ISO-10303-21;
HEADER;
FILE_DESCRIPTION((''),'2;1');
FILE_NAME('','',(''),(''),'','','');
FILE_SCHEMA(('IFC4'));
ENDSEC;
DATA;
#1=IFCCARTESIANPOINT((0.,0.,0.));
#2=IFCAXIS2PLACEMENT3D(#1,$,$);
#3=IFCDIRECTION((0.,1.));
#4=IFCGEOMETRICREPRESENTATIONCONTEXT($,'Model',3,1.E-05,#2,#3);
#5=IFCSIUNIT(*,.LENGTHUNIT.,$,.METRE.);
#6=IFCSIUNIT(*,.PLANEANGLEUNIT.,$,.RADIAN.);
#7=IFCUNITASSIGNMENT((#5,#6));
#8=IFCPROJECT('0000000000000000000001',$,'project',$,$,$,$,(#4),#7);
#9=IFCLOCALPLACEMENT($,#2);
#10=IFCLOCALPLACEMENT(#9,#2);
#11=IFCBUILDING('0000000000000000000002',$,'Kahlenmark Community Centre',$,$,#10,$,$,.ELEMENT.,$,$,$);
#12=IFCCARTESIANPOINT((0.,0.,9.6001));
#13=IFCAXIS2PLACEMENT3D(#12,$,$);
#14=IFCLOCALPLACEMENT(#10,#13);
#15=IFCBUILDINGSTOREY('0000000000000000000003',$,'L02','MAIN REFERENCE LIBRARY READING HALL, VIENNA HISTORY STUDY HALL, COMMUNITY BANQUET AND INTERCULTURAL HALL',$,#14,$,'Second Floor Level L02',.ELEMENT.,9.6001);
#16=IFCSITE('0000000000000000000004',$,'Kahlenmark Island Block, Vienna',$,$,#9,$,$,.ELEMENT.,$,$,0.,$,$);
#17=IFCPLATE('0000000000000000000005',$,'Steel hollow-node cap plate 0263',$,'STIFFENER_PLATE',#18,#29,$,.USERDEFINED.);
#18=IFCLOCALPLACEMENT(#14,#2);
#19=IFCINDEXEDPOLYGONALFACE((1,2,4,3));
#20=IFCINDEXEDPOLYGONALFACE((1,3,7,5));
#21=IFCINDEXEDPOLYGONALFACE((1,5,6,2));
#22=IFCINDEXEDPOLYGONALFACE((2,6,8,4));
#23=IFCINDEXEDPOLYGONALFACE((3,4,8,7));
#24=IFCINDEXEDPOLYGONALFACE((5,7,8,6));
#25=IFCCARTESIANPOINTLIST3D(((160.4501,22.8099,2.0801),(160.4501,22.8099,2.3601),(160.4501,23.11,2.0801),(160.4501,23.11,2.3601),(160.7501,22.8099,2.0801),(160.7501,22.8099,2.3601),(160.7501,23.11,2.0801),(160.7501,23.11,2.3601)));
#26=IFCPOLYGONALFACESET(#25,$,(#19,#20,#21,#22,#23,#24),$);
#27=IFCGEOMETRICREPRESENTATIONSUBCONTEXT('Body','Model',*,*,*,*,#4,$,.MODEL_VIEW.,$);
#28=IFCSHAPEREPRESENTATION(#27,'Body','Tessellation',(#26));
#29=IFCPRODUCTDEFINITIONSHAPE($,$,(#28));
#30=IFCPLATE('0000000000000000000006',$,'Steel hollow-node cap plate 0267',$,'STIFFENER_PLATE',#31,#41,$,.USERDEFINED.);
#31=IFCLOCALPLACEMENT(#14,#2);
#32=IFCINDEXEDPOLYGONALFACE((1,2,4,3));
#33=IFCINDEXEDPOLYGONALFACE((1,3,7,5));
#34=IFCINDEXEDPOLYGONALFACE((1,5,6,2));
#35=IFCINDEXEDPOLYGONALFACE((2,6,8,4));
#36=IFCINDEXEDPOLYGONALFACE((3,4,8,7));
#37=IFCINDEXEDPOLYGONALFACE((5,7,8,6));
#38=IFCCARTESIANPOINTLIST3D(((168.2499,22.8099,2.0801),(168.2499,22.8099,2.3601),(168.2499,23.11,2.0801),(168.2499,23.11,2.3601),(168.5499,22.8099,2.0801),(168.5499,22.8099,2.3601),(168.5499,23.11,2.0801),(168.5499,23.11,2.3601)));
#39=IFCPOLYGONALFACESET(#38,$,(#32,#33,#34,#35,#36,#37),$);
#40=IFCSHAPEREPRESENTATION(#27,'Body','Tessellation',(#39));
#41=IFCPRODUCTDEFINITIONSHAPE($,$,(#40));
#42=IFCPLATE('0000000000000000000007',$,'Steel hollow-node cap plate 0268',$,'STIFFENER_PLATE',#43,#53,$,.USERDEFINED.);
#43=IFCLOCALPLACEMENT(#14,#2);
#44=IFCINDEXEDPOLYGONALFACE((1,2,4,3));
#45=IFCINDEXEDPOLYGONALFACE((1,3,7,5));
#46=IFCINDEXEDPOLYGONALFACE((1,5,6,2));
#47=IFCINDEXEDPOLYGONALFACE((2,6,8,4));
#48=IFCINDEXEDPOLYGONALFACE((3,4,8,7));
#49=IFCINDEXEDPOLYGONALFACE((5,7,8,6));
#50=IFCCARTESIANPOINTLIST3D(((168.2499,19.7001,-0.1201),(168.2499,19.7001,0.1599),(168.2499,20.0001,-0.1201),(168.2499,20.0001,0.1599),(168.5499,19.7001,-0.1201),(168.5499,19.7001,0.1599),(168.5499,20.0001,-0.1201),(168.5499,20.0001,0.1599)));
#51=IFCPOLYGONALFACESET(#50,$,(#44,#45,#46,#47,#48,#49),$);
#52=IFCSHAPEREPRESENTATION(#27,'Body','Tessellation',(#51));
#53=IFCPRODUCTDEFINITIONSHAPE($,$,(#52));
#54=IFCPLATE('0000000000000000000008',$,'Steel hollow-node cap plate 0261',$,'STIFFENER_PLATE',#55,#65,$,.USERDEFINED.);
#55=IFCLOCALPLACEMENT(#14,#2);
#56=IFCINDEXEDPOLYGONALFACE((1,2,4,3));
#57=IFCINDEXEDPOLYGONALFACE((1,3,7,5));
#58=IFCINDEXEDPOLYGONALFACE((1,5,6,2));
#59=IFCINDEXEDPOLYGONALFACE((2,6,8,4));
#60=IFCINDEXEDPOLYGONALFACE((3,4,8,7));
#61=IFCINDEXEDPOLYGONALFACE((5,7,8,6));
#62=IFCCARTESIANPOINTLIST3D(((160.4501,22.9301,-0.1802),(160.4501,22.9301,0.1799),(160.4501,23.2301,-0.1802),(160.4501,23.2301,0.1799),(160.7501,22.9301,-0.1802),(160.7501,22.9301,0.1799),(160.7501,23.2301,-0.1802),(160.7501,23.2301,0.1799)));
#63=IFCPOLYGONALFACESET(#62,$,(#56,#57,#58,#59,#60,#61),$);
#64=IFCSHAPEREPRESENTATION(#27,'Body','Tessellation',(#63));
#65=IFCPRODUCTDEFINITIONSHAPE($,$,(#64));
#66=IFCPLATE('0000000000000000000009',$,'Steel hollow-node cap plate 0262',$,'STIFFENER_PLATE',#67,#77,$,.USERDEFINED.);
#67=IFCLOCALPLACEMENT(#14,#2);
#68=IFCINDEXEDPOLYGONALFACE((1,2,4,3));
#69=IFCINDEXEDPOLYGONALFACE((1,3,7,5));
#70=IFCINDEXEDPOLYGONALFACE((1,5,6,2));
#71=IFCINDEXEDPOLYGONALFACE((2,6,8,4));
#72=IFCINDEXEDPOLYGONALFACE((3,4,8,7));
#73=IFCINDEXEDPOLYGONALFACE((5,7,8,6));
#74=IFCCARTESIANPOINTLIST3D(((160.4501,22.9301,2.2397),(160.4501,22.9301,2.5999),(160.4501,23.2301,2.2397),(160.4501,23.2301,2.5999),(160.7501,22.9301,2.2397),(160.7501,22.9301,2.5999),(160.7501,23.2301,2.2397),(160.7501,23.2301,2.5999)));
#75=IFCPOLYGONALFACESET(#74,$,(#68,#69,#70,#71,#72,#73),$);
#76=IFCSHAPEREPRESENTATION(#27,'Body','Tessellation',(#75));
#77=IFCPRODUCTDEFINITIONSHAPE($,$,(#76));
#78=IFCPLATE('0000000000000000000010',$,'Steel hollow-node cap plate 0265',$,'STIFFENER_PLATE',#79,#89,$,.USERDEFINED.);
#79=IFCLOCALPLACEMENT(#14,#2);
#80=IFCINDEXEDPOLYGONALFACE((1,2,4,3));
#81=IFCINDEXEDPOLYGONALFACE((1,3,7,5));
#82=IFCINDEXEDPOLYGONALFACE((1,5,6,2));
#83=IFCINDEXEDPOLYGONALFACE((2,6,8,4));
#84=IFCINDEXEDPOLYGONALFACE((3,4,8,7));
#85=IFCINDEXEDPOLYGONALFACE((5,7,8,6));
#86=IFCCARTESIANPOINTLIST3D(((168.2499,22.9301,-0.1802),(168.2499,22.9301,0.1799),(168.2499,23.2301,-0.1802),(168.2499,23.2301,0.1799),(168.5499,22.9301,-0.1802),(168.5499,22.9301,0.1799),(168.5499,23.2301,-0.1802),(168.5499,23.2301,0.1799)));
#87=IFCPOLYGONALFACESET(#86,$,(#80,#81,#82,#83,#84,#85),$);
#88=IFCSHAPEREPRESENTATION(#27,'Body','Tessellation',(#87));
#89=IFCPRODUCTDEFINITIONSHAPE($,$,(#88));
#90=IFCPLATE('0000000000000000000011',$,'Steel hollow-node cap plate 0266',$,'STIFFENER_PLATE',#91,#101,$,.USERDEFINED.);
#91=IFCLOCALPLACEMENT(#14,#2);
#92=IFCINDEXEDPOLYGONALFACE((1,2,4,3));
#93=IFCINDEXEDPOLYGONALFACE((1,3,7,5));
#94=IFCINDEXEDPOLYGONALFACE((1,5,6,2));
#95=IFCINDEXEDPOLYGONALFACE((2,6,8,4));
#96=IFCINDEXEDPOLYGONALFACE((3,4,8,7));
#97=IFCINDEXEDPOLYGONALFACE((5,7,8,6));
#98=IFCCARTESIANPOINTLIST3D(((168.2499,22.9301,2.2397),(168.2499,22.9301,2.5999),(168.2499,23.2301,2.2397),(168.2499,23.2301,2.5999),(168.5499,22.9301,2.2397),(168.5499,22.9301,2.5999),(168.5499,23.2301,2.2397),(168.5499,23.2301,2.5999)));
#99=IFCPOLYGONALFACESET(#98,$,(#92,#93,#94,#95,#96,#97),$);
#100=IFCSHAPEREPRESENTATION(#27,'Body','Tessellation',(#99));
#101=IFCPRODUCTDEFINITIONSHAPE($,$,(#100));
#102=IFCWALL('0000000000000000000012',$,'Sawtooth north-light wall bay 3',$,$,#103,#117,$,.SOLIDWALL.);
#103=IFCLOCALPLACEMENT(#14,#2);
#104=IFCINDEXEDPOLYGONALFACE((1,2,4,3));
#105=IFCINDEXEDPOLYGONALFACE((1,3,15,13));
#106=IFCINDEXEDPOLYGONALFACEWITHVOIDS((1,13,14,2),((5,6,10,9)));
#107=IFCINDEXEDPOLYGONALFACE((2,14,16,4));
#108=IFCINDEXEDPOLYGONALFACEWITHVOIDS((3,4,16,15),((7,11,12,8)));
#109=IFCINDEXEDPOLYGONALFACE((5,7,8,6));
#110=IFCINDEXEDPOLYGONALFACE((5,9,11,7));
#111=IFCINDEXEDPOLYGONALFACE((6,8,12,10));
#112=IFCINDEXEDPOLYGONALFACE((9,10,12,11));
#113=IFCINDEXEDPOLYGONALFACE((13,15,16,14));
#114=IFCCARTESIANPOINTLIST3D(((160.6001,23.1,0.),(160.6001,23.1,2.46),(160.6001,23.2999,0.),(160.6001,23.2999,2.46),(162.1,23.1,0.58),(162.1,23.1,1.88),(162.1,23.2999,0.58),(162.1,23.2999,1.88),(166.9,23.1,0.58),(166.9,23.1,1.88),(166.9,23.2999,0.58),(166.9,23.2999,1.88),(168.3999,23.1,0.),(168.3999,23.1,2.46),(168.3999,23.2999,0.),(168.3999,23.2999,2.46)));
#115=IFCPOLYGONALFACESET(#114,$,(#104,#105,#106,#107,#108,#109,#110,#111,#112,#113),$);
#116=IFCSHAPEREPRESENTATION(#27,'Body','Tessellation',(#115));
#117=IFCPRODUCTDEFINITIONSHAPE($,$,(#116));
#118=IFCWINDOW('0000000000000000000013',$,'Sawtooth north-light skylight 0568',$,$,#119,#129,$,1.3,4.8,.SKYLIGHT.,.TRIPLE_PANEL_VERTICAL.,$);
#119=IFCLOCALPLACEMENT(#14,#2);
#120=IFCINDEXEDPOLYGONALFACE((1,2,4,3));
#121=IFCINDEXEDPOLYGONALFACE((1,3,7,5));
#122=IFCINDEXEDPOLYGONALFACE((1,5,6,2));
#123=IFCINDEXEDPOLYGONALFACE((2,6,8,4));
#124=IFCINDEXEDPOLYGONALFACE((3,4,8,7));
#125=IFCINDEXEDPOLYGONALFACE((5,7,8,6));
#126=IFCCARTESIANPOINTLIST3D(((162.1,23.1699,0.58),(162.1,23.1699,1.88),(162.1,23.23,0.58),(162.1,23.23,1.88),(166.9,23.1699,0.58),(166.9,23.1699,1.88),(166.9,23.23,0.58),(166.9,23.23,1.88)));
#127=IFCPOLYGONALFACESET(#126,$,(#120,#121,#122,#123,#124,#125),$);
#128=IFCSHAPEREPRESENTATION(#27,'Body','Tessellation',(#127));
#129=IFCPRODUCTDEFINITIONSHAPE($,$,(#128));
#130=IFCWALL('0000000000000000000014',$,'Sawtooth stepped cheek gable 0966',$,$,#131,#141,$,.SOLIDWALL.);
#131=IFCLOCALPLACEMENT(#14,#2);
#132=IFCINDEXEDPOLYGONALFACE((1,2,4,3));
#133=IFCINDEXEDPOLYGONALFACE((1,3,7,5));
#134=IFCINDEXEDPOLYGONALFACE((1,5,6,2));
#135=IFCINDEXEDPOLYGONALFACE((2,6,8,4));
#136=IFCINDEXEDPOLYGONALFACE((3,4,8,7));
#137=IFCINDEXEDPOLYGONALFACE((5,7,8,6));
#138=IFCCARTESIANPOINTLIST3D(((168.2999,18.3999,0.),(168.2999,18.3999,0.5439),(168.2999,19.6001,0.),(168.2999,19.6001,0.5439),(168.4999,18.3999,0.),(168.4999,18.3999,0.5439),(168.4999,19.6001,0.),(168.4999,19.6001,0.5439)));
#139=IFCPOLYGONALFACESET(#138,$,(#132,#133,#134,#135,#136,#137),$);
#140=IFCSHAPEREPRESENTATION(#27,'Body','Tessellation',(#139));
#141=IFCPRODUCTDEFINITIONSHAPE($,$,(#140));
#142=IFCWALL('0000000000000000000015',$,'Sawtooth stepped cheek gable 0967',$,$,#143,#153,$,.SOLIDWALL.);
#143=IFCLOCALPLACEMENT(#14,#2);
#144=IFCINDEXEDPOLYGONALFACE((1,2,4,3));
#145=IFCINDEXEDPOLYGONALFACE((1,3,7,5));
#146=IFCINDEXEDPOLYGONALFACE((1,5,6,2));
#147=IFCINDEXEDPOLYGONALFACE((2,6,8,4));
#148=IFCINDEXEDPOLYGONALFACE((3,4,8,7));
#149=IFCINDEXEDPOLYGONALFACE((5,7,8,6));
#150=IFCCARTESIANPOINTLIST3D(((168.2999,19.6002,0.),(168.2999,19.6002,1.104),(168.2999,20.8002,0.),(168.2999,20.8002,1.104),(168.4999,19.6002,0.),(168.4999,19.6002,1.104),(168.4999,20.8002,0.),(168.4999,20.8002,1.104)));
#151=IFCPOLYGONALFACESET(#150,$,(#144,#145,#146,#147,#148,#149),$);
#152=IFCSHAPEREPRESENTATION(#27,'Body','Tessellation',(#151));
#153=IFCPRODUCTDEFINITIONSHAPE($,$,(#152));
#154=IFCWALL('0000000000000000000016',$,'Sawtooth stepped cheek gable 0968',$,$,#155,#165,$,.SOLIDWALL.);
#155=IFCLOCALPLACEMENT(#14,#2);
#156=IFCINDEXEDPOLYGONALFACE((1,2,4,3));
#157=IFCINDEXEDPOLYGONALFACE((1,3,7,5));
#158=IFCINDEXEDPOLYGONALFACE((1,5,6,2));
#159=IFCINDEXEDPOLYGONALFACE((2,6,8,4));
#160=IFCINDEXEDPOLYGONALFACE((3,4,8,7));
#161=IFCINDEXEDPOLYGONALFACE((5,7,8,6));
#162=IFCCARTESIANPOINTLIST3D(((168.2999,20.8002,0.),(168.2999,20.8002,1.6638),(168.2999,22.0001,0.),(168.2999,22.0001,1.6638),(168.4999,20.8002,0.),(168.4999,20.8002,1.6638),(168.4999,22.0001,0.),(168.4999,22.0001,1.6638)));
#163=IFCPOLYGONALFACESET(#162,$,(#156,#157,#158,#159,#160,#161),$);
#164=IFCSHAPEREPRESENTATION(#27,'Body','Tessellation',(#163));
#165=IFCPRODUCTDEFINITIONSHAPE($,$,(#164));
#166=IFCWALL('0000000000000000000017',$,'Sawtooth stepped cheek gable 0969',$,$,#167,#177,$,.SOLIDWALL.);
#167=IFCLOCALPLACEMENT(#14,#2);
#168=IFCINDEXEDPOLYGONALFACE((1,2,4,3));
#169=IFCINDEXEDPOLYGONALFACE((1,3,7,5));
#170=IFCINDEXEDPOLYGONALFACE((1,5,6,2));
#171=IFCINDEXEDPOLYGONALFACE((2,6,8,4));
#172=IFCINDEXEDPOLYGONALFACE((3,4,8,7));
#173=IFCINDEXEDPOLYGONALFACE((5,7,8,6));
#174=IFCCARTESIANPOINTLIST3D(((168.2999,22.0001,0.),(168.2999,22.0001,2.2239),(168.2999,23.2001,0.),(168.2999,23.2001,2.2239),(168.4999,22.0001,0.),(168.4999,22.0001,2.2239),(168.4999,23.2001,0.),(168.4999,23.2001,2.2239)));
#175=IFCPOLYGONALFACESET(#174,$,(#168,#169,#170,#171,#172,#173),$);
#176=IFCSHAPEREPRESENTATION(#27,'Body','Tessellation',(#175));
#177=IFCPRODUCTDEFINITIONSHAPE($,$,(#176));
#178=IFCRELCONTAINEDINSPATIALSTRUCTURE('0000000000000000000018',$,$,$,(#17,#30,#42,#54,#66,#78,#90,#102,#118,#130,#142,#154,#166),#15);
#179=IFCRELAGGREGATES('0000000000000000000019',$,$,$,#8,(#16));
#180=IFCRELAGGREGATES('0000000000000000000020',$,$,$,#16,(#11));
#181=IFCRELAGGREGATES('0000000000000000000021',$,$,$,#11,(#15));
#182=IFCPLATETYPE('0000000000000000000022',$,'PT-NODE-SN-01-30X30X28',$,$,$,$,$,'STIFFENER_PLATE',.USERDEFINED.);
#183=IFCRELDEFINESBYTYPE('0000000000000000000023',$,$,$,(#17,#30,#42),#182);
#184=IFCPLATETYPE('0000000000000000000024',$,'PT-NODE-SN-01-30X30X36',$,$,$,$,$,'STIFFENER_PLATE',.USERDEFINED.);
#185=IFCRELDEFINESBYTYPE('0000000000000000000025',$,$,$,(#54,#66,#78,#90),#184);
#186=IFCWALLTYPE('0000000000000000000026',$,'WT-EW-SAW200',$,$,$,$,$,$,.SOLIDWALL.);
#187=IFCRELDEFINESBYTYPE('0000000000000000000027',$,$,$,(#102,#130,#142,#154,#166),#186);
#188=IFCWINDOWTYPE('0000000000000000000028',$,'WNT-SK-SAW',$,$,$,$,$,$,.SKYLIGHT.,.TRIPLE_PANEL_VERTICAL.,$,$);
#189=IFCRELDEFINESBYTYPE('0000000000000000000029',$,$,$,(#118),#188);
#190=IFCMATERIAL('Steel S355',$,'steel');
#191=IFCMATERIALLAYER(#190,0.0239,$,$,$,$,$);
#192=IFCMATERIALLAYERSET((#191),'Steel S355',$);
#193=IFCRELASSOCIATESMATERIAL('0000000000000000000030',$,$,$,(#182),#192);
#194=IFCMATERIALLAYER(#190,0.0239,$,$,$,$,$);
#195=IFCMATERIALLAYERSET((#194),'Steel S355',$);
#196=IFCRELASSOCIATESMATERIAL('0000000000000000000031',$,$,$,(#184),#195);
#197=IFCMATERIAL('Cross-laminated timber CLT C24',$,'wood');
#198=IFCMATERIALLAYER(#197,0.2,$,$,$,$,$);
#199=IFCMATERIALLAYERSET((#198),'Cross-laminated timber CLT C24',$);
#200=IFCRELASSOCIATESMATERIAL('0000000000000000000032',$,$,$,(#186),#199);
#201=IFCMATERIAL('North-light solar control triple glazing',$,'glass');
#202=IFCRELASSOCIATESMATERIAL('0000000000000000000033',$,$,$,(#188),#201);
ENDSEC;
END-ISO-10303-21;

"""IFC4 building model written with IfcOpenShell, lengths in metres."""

from ifc_helpers import new_model, si_unit, direction, frame, frame_2d, origin, origin_2d, place, context, subcontext, project, spatial, rectangle, extrude, material, layer, layer_set, type_object, element, fill, save


model = new_model("IFC4")

# Units and contexts
model_context = context("Model", 3, precision=1e-05, world=origin(), true_north=direction((0.0, 1.0)))
body_context = subcontext(model_context, "Body", "Model", "MODEL_VIEW")
ifc_project = project(units=[si_unit("LENGTHUNIT", "METRE"), si_unit("PLANEANGLEUNIT", "RADIAN")], contexts=[model_context])

# Site, building, storey
site_placement = place(None, origin())
site = spatial("IfcSite", under=ifc_project, at=site_placement, Name="Kahlenmark Island Block, Vienna", CompositionType="ELEMENT", RefElevation=0.0)
building_placement = place(site_placement, origin())
building = spatial("IfcBuilding", under=site, at=building_placement, Name="Kahlenmark Community Centre", CompositionType="ELEMENT")
storey_placement = place(building_placement, frame((0.0, 0.0, 9.6001)))
storey = spatial("IfcBuildingStorey", under=building, at=storey_placement, Name="L02", Description="MAIN REFERENCE LIBRARY READING HALL, VIENNA HISTORY STUDY HALL, COMMUNITY BANQUET AND INTERCULTURAL HALL", LongName="Second Floor Level L02", CompositionType="ELEMENT", Elevation=9.6001)

# Shared definitions
ifc_material_1 = material(Name="Steel S355", Category="steel")

# Plates
ifc_layer_1 = layer(ifc_material_1, 0.0239)
ifc_layer_set_1 = layer_set([ifc_layer_1], Name="Steel S355")
plate_type_1 = type_object("IfcPlateType", Name="PT-NODE-SN-01-30X30X28", ElementType="STIFFENER_PLATE", PredefinedType="USERDEFINED", material=ifc_layer_set_1)
for number, where, z_axis, x_axis, name in (
    (1, (160.6001, 22.96, 2.0801), (0.0, 0.0, 1.0), (1.0, 0.0, 0.0), "Steel hollow-node cap plate 0263"),
    (2, (168.3999, 22.96, 2.0801), (0.0, 0.0, 1.0), (1.0, 0.0, 0.0), "Steel hollow-node cap plate 0267"),
    (3, (168.3999, 19.8501, -0.1201), (0.0, 0.0, 1.0), (1.0, 0.0, 0.0), "Steel hollow-node cap plate 0268"),
):
    element("IfcPlate", number, at=place(storey_placement, frame(where, z_axis=z_axis, x_axis=x_axis)), inside=storey, type_object=plate_type_1, Name=name, ObjectType="STIFFENER_PLATE", PredefinedType="USERDEFINED", context=body_context, shape_type="SweptSolid", body=[
        extrude(rectangle(XDim=0.3, YDim=0.3, at=origin_2d()), origin(), (0.0, 0.0, 1.0), 0.28),
    ])
ifc_layer_2 = layer(ifc_material_1, 0.0239)
ifc_layer_set_2 = layer_set([ifc_layer_2], Name="Steel S355")
plate_type_2 = type_object("IfcPlateType", Name="PT-NODE-SN-01-30X30X36", ElementType="STIFFENER_PLATE", PredefinedType="USERDEFINED", material=ifc_layer_set_2)
for number, where, z_axis, x_axis, name in (
    (4, (160.6001, 23.0801, -0.1802), (0.0, 0.0, 1.0), (1.0, 0.0, 0.0), "Steel hollow-node cap plate 0261"),
    (5, (160.6001, 23.0801, 2.2397), (0.0, 0.0, 1.0), (1.0, 0.0, 0.0), "Steel hollow-node cap plate 0262"),
    (6, (168.3999, 23.0801, -0.1802), (0.0, 0.0, 1.0), (1.0, 0.0, 0.0), "Steel hollow-node cap plate 0265"),
    (7, (168.3999, 23.0801, 2.2397), (0.0, 0.0, 1.0), (1.0, 0.0, 0.0), "Steel hollow-node cap plate 0266"),
):
    element("IfcPlate", number, at=place(storey_placement, frame(where, z_axis=z_axis, x_axis=x_axis)), inside=storey, type_object=plate_type_2, Name=name, ObjectType="STIFFENER_PLATE", PredefinedType="USERDEFINED", context=body_context, shape_type="SweptSolid", body=[
        extrude(rectangle(XDim=0.3, YDim=0.3, at=origin_2d()), origin(), (0.0, 0.0, 1.0), 0.3601),
    ])

# Wall, opening, window
ifc_material_2 = material(Name="Cross-laminated timber CLT C24", Category="wood")
ifc_layer_3 = layer(ifc_material_2, 0.2)
ifc_layer_set_3 = layer_set([ifc_layer_3], Name="Cross-laminated timber CLT C24")
wall_type = type_object("IfcWallType", Name="WT-EW-SAW200", PredefinedType="SOLIDWALL", material=ifc_layer_set_3)
wall_1_placement = place(storey_placement, frame((160.6001, 23.2, 0.0), z_axis=(0.0, 0.0, 1.0), x_axis=(1.0, 0.0, 0.0)))
wall_1 = element("IfcWall", 8, at=wall_1_placement, inside=storey, type_object=wall_type, Name="Sawtooth north-light wall bay 3", PredefinedType="SOLIDWALL", context=body_context, shape_type="SweptSolid", body=[
    extrude(rectangle(XDim=7.7998, YDim=0.2, at=frame_2d((3.8999, 0.0))), origin(), (0.0, 0.0, 1.0), 2.46),
])
opening_placement = place(wall_1_placement, frame((1.5, 0.0, 0.5801)))
opening = element("IfcOpeningElement", 9, at=opening_placement, cuts=wall_1, PredefinedType="OPENING", context=body_context, shape_type="SweptSolid", body=[
    extrude(rectangle(XDim=4.8, YDim=1.3, at=frame_2d((2.3999, 0.6499))), frame((0.0, 0.1099, 0.0), z_axis=(0.0, -1.0, 0.0), x_axis=(1.0, 0.0, 0.0)), (0.0, 0.0, 1.0), 0.22),
])
ifc_material_3 = material(Name="North-light solar control triple glazing", Category="glass")
window_type = type_object("IfcWindowType", Name="WNT-SK-SAW", PartitioningType="TRIPLE_PANEL_VERTICAL", PredefinedType="SKYLIGHT", material=ifc_material_3)
window_placement = place(opening_placement, origin())
window = element("IfcWindow", 10, at=window_placement, inside=storey, type_object=window_type, Name="Sawtooth north-light skylight 0568", OverallHeight=1.3, OverallWidth=4.8, PartitioningType="TRIPLE_PANEL_VERTICAL", PredefinedType="SKYLIGHT", context=body_context, shape_type="SweptSolid", body=[
    extrude(rectangle(XDim=4.8, YDim=1.3, at=frame_2d((2.3999, 0.6499))), frame((0.0, 0.03, 0.0), z_axis=(0.0, -1.0, 0.0), x_axis=(1.0, 0.0, 0.0)), (0.0, 0.0, 1.0), 0.0601),
])
fill(opening, window)

# Walls
wall_2_placement = place(storey_placement, frame((168.3999, 18.3999, 0.0), z_axis=(0.0, 0.0, 1.0), x_axis=(0.0, 1.0, 0.0)))
element("IfcWall", 11, at=wall_2_placement, inside=storey, type_object=wall_type, Name="Sawtooth stepped cheek gable 0966", PredefinedType="SOLIDWALL", context=body_context, shape_type="SweptSolid", body=[
    extrude(rectangle(XDim=1.2002, YDim=0.2, at=frame_2d((0.6001, 0.0))), origin(), (0.0, 0.0, 1.0), 0.5439),
])
wall_3_placement = place(storey_placement, frame((168.3999, 19.6001, 0.0), z_axis=(0.0, 0.0, 1.0), x_axis=(0.0, 1.0, 0.0)))
element("IfcWall", 12, at=wall_3_placement, inside=storey, type_object=wall_type, Name="Sawtooth stepped cheek gable 0967", PredefinedType="SOLIDWALL", context=body_context, shape_type="SweptSolid", body=[
    extrude(rectangle(XDim=1.2, YDim=0.2, at=frame_2d((0.6001, 0.0))), origin(), (0.0, 0.0, 1.0), 1.104),
])
wall_4_placement = place(storey_placement, frame((168.3999, 20.8, 0.0), z_axis=(0.0, 0.0, 1.0), x_axis=(0.0, 1.0, 0.0)))
element("IfcWall", 13, at=wall_4_placement, inside=storey, type_object=wall_type, Name="Sawtooth stepped cheek gable 0968", PredefinedType="SOLIDWALL", context=body_context, shape_type="SweptSolid", body=[
    extrude(rectangle(XDim=1.2, YDim=0.2, at=frame_2d((0.6001, 0.0))), origin(), (0.0, 0.0, 1.0), 1.6638),
])
wall_5_placement = place(storey_placement, frame((168.3999, 22.0, 0.0), z_axis=(0.0, 0.0, 1.0), x_axis=(0.0, 1.0, 0.0)))
element("IfcWall", 14, at=wall_5_placement, inside=storey, type_object=wall_type, Name="Sawtooth stepped cheek gable 0969", PredefinedType="SOLIDWALL", context=body_context, shape_type="SweptSolid", body=[
    extrude(rectangle(XDim=1.2, YDim=0.2, at=frame_2d((0.6001, 0.0))), origin(), (0.0, 0.0, 1.0), 2.2239),
])

save(model, "model.ifc")
